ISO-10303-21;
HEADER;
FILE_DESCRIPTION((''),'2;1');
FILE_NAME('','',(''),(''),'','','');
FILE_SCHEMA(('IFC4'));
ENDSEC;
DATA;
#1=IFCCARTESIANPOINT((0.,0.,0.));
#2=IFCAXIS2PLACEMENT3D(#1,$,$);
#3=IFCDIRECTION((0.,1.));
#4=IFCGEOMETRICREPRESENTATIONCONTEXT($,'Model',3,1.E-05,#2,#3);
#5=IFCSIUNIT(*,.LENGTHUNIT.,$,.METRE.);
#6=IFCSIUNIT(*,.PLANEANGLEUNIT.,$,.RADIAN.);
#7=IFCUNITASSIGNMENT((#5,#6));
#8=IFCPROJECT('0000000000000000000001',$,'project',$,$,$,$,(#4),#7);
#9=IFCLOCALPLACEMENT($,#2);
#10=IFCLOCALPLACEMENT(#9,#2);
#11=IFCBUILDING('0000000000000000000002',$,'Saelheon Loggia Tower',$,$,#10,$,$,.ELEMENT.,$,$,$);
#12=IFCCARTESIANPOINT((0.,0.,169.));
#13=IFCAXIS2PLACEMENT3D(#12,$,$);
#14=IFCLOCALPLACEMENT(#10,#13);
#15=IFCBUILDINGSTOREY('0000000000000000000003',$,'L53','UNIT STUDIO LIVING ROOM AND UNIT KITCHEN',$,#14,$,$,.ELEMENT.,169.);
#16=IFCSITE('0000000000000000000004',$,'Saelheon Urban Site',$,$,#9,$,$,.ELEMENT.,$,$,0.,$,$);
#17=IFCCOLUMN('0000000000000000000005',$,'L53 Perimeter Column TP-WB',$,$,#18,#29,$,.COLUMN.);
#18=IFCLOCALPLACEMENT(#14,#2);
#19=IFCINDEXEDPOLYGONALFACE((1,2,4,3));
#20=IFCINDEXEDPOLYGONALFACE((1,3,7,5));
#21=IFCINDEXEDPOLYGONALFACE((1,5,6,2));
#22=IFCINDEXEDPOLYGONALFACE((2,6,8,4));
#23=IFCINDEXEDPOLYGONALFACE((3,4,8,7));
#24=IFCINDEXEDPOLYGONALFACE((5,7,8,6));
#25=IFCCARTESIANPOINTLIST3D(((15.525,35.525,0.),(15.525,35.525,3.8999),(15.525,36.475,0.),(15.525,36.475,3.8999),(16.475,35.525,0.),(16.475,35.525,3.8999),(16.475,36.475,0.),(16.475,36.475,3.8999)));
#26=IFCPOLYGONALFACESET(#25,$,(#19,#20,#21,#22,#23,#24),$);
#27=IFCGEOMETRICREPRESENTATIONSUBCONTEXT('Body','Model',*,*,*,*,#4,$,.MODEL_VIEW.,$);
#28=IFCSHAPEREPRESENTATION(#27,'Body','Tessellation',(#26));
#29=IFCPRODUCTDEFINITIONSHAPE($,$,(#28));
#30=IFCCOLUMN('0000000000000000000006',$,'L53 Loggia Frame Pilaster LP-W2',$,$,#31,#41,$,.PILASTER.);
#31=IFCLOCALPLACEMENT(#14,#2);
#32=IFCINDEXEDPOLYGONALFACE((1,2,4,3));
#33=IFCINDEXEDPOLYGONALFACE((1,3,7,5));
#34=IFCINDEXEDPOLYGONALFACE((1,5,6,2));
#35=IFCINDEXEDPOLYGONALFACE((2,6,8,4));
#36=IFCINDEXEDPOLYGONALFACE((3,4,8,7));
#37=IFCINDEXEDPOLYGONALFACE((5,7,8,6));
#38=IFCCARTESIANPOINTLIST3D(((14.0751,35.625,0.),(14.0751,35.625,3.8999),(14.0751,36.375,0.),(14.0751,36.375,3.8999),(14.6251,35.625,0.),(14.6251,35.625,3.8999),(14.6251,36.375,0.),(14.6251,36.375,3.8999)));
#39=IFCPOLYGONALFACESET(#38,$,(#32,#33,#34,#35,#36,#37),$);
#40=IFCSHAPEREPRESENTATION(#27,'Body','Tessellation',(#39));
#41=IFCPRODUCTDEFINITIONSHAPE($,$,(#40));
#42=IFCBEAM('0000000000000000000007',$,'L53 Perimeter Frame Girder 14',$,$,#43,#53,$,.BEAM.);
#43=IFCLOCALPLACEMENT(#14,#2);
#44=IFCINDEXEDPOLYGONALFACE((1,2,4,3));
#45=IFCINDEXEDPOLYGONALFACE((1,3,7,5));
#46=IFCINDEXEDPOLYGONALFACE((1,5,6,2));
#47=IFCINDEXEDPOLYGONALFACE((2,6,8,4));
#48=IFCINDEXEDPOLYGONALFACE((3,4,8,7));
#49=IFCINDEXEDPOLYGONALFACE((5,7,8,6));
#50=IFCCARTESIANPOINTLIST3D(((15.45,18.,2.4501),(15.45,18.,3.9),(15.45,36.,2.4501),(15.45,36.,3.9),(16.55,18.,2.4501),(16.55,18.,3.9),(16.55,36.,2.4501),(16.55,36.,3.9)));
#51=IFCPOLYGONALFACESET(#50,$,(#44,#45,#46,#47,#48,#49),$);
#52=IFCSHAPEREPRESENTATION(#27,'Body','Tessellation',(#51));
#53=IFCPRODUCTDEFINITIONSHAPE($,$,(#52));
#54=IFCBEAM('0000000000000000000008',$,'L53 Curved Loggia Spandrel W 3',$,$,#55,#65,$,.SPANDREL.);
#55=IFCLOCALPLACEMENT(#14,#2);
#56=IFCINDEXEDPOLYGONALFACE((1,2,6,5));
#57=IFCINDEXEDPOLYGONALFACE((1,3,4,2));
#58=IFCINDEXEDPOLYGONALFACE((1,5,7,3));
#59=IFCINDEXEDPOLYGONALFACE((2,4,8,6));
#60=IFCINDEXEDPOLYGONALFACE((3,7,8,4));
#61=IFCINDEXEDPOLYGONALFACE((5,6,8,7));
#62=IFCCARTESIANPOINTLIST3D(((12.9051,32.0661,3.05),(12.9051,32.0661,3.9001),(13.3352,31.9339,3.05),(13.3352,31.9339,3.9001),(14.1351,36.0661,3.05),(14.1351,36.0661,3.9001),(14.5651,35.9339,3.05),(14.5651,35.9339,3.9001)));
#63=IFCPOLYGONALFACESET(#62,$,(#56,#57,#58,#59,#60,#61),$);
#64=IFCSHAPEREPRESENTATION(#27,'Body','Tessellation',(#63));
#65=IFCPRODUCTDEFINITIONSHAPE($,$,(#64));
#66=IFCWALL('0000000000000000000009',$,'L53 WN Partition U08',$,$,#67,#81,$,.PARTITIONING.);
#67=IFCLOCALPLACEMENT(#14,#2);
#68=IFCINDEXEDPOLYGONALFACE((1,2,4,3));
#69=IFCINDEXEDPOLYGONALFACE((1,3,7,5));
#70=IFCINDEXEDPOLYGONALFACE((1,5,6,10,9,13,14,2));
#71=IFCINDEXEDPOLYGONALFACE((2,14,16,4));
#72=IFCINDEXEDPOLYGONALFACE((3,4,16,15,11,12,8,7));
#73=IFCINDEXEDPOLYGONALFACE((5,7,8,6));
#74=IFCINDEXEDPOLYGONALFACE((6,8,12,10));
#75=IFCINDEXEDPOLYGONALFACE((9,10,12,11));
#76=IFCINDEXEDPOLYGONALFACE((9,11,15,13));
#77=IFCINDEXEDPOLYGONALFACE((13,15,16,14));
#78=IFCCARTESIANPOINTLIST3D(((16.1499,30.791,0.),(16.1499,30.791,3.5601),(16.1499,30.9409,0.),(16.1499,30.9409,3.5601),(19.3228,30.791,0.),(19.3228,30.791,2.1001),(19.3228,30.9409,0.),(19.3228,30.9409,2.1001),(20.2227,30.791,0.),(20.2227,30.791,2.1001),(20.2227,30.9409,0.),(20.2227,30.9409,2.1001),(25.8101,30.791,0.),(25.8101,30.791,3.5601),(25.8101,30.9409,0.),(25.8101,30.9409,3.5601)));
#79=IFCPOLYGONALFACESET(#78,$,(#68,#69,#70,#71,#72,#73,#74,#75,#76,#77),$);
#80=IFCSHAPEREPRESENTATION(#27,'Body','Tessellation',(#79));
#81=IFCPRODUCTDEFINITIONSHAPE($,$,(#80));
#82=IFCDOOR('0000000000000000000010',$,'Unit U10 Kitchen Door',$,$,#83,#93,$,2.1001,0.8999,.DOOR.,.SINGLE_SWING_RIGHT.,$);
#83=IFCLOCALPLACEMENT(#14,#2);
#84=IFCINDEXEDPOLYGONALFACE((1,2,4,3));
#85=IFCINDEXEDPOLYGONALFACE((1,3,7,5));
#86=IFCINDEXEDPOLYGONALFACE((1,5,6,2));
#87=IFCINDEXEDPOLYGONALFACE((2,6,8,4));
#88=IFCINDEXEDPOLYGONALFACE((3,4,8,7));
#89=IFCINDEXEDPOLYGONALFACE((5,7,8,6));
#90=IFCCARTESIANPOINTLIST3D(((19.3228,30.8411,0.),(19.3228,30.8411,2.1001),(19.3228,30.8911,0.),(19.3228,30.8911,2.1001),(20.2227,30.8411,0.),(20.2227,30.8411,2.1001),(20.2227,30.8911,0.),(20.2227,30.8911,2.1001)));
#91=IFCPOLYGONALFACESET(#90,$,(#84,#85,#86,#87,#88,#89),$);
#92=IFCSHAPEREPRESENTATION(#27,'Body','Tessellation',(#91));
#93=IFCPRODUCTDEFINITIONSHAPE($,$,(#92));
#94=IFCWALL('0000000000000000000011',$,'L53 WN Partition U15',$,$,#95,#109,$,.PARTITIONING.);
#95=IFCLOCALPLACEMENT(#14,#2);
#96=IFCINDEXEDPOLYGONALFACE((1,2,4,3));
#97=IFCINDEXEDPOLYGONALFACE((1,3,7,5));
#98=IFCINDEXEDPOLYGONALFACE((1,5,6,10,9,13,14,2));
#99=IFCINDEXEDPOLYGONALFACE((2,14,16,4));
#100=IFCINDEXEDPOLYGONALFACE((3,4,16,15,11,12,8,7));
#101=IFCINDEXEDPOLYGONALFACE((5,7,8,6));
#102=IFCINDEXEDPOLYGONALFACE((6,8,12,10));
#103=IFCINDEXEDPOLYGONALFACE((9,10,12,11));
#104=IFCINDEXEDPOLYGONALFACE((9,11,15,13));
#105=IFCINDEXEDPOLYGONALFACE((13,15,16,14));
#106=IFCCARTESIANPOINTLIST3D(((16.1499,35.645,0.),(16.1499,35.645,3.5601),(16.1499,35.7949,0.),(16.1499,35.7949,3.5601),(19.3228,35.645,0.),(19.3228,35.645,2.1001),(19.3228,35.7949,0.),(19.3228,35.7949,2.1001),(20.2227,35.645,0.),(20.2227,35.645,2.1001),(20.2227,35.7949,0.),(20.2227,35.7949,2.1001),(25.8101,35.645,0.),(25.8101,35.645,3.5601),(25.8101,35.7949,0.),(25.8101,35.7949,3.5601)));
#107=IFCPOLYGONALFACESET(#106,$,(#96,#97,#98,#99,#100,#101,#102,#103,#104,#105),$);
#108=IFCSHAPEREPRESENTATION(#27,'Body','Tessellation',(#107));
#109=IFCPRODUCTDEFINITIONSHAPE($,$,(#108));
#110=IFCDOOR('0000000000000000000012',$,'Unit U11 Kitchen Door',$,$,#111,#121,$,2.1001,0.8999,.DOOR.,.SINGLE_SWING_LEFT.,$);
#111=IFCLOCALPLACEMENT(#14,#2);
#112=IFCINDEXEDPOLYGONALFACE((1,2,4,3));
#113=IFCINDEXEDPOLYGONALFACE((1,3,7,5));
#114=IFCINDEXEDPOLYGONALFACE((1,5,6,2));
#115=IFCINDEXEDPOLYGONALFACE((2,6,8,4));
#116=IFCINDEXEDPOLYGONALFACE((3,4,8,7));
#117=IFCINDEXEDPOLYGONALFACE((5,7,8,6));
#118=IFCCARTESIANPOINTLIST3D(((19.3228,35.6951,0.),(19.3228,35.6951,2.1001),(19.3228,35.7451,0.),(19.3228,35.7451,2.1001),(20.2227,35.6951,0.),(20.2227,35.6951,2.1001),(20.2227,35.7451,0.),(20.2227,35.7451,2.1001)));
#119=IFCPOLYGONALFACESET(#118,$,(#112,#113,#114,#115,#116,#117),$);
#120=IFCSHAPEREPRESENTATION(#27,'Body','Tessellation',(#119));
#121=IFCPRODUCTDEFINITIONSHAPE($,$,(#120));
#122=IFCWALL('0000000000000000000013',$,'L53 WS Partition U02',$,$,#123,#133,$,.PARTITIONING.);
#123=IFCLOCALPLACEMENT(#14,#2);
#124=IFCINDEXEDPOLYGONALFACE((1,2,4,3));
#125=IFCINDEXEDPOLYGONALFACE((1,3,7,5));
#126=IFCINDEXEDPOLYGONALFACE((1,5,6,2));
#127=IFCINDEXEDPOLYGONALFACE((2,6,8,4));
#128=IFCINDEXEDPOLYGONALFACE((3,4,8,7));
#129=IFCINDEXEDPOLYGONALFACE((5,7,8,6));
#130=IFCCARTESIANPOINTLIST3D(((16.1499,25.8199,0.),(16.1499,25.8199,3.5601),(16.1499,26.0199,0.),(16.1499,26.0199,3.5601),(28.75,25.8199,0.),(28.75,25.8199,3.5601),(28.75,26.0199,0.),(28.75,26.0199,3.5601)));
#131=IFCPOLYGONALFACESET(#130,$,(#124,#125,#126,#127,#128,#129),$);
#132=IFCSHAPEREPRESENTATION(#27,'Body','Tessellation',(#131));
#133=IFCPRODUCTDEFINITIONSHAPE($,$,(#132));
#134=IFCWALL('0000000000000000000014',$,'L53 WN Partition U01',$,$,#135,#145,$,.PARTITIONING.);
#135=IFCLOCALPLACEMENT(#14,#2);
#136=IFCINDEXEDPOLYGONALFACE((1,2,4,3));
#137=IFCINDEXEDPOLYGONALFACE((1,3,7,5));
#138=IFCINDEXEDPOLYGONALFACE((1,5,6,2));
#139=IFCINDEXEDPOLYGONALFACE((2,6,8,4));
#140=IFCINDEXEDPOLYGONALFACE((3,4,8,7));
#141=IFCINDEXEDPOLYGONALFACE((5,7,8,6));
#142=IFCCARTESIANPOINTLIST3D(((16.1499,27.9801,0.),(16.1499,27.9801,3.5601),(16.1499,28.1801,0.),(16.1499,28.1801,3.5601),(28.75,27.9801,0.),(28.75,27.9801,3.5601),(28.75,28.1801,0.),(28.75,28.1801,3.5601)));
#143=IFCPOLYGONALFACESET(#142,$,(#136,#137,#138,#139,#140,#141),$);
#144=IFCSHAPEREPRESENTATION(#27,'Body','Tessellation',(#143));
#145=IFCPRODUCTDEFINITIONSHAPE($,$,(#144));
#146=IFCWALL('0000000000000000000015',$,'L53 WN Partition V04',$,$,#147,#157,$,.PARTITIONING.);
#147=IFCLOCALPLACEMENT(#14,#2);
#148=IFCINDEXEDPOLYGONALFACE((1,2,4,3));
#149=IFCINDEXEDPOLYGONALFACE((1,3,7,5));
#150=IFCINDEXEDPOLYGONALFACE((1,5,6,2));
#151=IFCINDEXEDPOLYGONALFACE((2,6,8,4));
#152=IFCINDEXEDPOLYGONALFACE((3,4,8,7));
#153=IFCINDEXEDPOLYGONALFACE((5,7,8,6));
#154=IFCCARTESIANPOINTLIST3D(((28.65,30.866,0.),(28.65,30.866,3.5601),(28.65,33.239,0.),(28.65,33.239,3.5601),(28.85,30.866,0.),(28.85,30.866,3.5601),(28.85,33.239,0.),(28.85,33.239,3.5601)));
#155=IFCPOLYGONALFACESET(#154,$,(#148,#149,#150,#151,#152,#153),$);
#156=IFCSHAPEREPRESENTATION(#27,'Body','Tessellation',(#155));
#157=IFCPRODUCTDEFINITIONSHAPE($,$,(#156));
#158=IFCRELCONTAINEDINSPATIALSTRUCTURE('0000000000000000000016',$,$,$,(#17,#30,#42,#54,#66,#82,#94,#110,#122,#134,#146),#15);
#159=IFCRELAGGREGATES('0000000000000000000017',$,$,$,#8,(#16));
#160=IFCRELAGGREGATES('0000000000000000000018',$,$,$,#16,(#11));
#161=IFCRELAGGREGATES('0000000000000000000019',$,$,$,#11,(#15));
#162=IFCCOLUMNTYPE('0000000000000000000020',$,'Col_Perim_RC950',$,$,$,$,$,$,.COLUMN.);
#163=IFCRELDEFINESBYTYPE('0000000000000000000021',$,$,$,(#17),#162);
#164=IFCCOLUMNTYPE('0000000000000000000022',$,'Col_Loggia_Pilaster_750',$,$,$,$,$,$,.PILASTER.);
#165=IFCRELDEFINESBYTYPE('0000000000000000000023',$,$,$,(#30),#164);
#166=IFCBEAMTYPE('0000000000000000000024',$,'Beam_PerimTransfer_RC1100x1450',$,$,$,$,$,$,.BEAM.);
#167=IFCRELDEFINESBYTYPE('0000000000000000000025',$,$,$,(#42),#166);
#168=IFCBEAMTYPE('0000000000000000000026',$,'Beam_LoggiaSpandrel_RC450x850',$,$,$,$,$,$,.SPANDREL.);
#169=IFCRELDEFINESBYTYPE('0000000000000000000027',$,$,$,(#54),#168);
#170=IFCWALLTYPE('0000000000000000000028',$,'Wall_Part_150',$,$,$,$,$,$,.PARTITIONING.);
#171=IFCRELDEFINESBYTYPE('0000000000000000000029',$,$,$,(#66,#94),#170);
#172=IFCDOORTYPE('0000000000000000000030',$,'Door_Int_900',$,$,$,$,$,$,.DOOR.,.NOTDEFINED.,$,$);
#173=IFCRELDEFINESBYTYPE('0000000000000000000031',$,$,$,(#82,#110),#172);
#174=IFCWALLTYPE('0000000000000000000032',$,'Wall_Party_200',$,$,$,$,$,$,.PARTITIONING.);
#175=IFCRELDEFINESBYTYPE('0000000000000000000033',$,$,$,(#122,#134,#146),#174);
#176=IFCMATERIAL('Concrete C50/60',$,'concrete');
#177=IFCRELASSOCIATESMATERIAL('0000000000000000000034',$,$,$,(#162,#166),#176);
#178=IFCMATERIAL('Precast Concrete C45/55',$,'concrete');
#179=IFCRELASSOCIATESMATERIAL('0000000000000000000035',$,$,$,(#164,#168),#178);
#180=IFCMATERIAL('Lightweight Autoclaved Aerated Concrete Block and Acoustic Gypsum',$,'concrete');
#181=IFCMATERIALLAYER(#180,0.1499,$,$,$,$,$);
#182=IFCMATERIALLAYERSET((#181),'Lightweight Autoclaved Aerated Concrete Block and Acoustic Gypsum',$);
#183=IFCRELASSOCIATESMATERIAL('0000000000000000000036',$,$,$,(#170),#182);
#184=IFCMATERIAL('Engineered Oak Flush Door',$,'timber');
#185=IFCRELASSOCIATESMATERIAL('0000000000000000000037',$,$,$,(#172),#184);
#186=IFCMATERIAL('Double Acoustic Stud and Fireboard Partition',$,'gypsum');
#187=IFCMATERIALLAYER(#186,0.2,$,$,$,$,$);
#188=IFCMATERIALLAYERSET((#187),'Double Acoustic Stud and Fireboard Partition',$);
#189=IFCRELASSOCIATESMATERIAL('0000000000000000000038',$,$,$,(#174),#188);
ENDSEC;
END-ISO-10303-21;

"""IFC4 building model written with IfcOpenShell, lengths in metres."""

from ifc_helpers import new_model, si_unit, direction, frame, frame_2d, origin, origin_2d, place, context, subcontext, project, spatial, rectangle, extrude, source, transform, mapped, material, layer, layer_set, material_profile, profile_set, type_object, element, fill, save


model = new_model("IFC4")

# Units and contexts
model_context = context("Model", 3, precision=1e-05, world=origin(), true_north=direction((0.0, 1.0)))
body_context = subcontext(model_context, "Body", "Model", "MODEL_VIEW")
ifc_project = project(units=[si_unit("LENGTHUNIT", "METRE"), si_unit("PLANEANGLEUNIT", "RADIAN")], contexts=[model_context])

# Site, building, storey
site_placement = place(None, origin())
site = spatial("IfcSite", under=ifc_project, at=site_placement, Name="Saelheon Urban Site", CompositionType="ELEMENT", RefElevation=0.0)
building_placement = place(site_placement, origin())
building = spatial("IfcBuilding", under=site, at=building_placement, Name="Saelheon Loggia Tower", CompositionType="ELEMENT")
storey_placement = place(building_placement, frame((0.0, 0.0, 169.0)))
storey = spatial("IfcBuildingStorey", under=building, at=storey_placement, Name="L53", Description="UNIT STUDIO LIVING ROOM AND UNIT KITCHEN", CompositionType="ELEMENT", Elevation=169.0)

# Columns
ifc_material_1 = material(Name="Concrete C50/60", Category="concrete")
ifc_material_profile_1 = material_profile(ifc_material_1, rectangle(XDim=0.95, YDim=0.95, at=origin_2d()), Name="RC-950x950")
ifc_profile_set_1 = profile_set([ifc_material_profile_1], Name="Concrete C50/60")
column_type_1 = type_object("IfcColumnType", Name="Col_Perim_RC950", PredefinedType="COLUMN", material=ifc_profile_set_1)
shared_shape_1 = source(origin(), body_context, "Body", "SweptSolid", [
    extrude(rectangle(XDim=0.95, YDim=0.95, at=origin_2d()), origin(), (0.0, 0.0, 1.0), 3.8999),
])
column_1_placement = place(storey_placement, frame((16.0, 36.0, 0.0), z_axis=(0.0, 0.0, 1.0), x_axis=(1.0, 0.0, 0.0)))
element("IfcColumn", 1, at=column_1_placement, inside=storey, type_object=column_type_1, Name="L53 Perimeter Column TP-WB", PredefinedType="COLUMN", context=body_context, shape_type="MappedRepresentation", body=[
    mapped(shared_shape_1, transform((0.0, 0.0, 0.0), scale=1.0)),
])
ifc_material_2 = material(Name="Precast Concrete C45/55", Category="concrete")
ifc_material_profile_2 = material_profile(ifc_material_2, rectangle(XDim=0.55, YDim=0.75, at=origin_2d()), Name="RC-550x750")
ifc_profile_set_2 = profile_set([ifc_material_profile_2], Name="Precast Concrete C45/55")
column_type_2 = type_object("IfcColumnType", Name="Col_Loggia_Pilaster_750", PredefinedType="PILASTER", material=ifc_profile_set_2)
shared_shape_2 = source(origin(), body_context, "Body", "SweptSolid", [
    extrude(rectangle(XDim=0.55, YDim=0.75, at=origin_2d()), origin(), (0.0, 0.0, 1.0), 3.8999),
])
column_2_placement = place(storey_placement, frame((14.3501, 36.0, 0.0), z_axis=(0.0, 0.0, 1.0), x_axis=(1.0, 0.0, 0.0)))
element("IfcColumn", 2, at=column_2_placement, inside=storey, type_object=column_type_2, Name="L53 Loggia Frame Pilaster LP-W2", PredefinedType="PILASTER", context=body_context, shape_type="MappedRepresentation", body=[
    mapped(shared_shape_2, transform((0.0, 0.0, 0.0), scale=1.0)),
])

# Beams
ifc_material_profile_3 = material_profile(ifc_material_1, rectangle(XDim=1.1001, YDim=1.45, at=origin_2d()), Name="RC-1100x1450")
ifc_profile_set_3 = profile_set([ifc_material_profile_3], Name="Concrete C50/60")
beam_type_1 = type_object("IfcBeamType", Name="Beam_PerimTransfer_RC1100x1450", PredefinedType="BEAM", material=ifc_profile_set_3)
shared_shape_3 = source(origin(), body_context, "Body", "SweptSolid", [
    extrude(rectangle(XDim=1.1001, YDim=1.45, at=origin_2d()), origin(), (0.0, 0.0, 1.0), 18.0),
])
beam_1_placement = place(storey_placement, frame((16.0, 36.0, 3.175), z_axis=(0.0, -1.0, 0.0), x_axis=(1.0, 0.0, 0.0)))
element("IfcBeam", 3, at=beam_1_placement, inside=storey, type_object=beam_type_1, Name="L53 Perimeter Frame Girder 14", PredefinedType="BEAM", context=body_context, shape_type="MappedRepresentation", body=[
    mapped(shared_shape_3, transform((0.0, 0.0, 0.0), scale=1.0)),
])
ifc_material_profile_4 = material_profile(ifc_material_2, rectangle(XDim=0.45, YDim=0.8501, at=origin_2d()), Name="RC-450x850")
ifc_profile_set_4 = profile_set([ifc_material_profile_4], Name="Precast Concrete C45/55")
beam_type_2 = type_object("IfcBeamType", Name="Beam_LoggiaSpandrel_RC450x850", PredefinedType="SPANDREL", material=ifc_profile_set_4)
shared_shape_4 = source(origin(), body_context, "Body", "SweptSolid", [
    extrude(rectangle(XDim=0.45, YDim=0.8501, at=origin_2d()), origin(), (0.0, 0.0, 1.0), 4.1848),
])
beam_2_placement = place(storey_placement, frame((13.1201, 32.0, 3.4751), z_axis=(0.293914, 0.955832, 0.0), x_axis=(-0.955832, 0.293914, 0.0)))
element("IfcBeam", 4, at=beam_2_placement, inside=storey, type_object=beam_type_2, Name="L53 Curved Loggia Spandrel W 3", PredefinedType="SPANDREL", context=body_context, shape_type="MappedRepresentation", body=[
    mapped(shared_shape_4, transform((0.0, 0.0, 0.0), scale=1.0)),
])

# Walls, openings, doors
ifc_material_3 = material(Name="Lightweight Autoclaved Aerated Concrete Block and Acoustic Gypsum", Category="concrete")
ifc_layer_1 = layer(ifc_material_3, 0.1499)
ifc_layer_set_1 = layer_set([ifc_layer_1], Name="Lightweight Autoclaved Aerated Concrete Block and Acoustic Gypsum")
wall_type_1 = type_object("IfcWallType", Name="Wall_Part_150", PredefinedType="PARTITIONING", material=ifc_layer_set_1)
wall_1_placement = place(storey_placement, frame((25.8101, 30.866, 0.0), z_axis=(0.0, 0.0, 1.0), x_axis=(-1.0, 0.0, 0.0)))
wall_1 = element("IfcWall", 5, at=wall_1_placement, inside=storey, type_object=wall_type_1, Name="L53 WN Partition U08", PredefinedType="PARTITIONING", context=body_context, shape_type="SweptSolid", body=[
    extrude(rectangle(XDim=9.6602, YDim=0.1499, at=frame_2d((4.8301, 0.0))), origin(), (0.0, 0.0, 1.0), 3.5601),
])
opening_1_placement = place(wall_1_placement, frame((5.5874, 0.0, 0.0)))
opening_1 = element("IfcOpeningElement", 6, at=opening_1_placement, cuts=wall_1, PredefinedType="OPENING", context=body_context, shape_type="SweptSolid", body=[
    extrude(rectangle(XDim=0.8999, YDim=2.1001, at=frame_2d((0.45, 1.05))), frame((0.0, 0.0869, 0.0), z_axis=(0.0, -1.0, 0.0), x_axis=(1.0, 0.0, 0.0)), (0.0, 0.0, 1.0), 0.1738),
])
ifc_material_4 = material(Name="Engineered Oak Flush Door", Category="timber")
door_type_1 = type_object("IfcDoorType", Name="Door_Int_900", OperationType="NOTDEFINED", PredefinedType="DOOR", material=ifc_material_4)
shared_shape_5 = source(origin(), body_context, "Body", "SweptSolid", [
    extrude(rectangle(XDim=0.8999, YDim=2.1001, at=frame_2d((0.45, 1.05))), frame((0.0, 0.0249, 0.0), z_axis=(0.0, -1.0, 0.0), x_axis=(1.0, 0.0, 0.0)), (0.0, 0.0, 1.0), 0.05),
])
door_1_placement = place(opening_1_placement, origin())
door_1 = element("IfcDoor", 7, at=door_1_placement, inside=storey, type_object=door_type_1, Name="Unit U10 Kitchen Door", OperationType="SINGLE_SWING_RIGHT", OverallHeight=2.1001, OverallWidth=0.8999, PredefinedType="DOOR", context=body_context, shape_type="MappedRepresentation", body=[
    mapped(shared_shape_5, transform((0.0, 0.0, 0.0), scale=1.0)),
])
fill(opening_1, door_1)
wall_2_placement = place(storey_placement, frame((25.8101, 35.72, 0.0), z_axis=(0.0, 0.0, 1.0), x_axis=(-1.0, 0.0, 0.0)))
wall_2 = element("IfcWall", 8, at=wall_2_placement, inside=storey, type_object=wall_type_1, Name="L53 WN Partition U15", PredefinedType="PARTITIONING", context=body_context, shape_type="SweptSolid", body=[
    extrude(rectangle(XDim=9.6602, YDim=0.1499, at=frame_2d((4.8301, 0.0))), origin(), (0.0, 0.0, 1.0), 3.5601),
])
opening_2_placement = place(wall_2_placement, frame((5.5874, 0.0, 0.0)))
opening_2 = element("IfcOpeningElement", 9, at=opening_2_placement, cuts=wall_2, PredefinedType="OPENING", context=body_context, shape_type="SweptSolid", body=[
    extrude(rectangle(XDim=0.8999, YDim=2.1001, at=frame_2d((0.45, 1.05))), frame((0.0, 0.0869, 0.0), z_axis=(0.0, -1.0, 0.0), x_axis=(1.0, 0.0, 0.0)), (0.0, 0.0, 1.0), 0.1738),
])
door_2_placement = place(opening_2_placement, origin())
door_2 = element("IfcDoor", 10, at=door_2_placement, inside=storey, type_object=door_type_1, Name="Unit U11 Kitchen Door", OperationType="SINGLE_SWING_LEFT", OverallHeight=2.1001, OverallWidth=0.8999, PredefinedType="DOOR", context=body_context, shape_type="MappedRepresentation", body=[
    mapped(shared_shape_5, transform((0.0, 0.0, 0.0), scale=1.0)),
])
fill(opening_2, door_2)

# Wall
ifc_material_5 = material(Name="Double Acoustic Stud and Fireboard Partition", Category="gypsum")
ifc_layer_2 = layer(ifc_material_5, 0.2)
ifc_layer_set_2 = layer_set([ifc_layer_2], Name="Double Acoustic Stud and Fireboard Partition")
wall_type_2 = type_object("IfcWallType", Name="Wall_Party_200", PredefinedType="PARTITIONING", material=ifc_layer_set_2)
wall_3_placement = place(storey_placement, frame((28.75, 25.9199, 0.0), z_axis=(0.0, 0.0, 1.0), x_axis=(-1.0, 0.0, 0.0)))
element("IfcWall", 11, at=wall_3_placement, inside=storey, type_object=wall_type_2, Name="L53 WS Partition U02", PredefinedType="PARTITIONING", context=body_context, shape_type="SweptSolid", body=[
    extrude(rectangle(XDim=12.6001, YDim=0.2, at=frame_2d((6.3, 0.0))), origin(), (0.0, 0.0, 1.0), 3.5601),
])

# Wall
wall_4_placement = place(storey_placement, frame((28.75, 28.0801, 0.0), z_axis=(0.0, 0.0, 1.0), x_axis=(-1.0, 0.0, 0.0)))
element("IfcWall", 12, at=wall_4_placement, inside=storey, type_object=wall_type_2, Name="L53 WN Partition U01", PredefinedType="PARTITIONING", context=body_context, shape_type="SweptSolid", body=[
    extrude(rectangle(XDim=12.6001, YDim=0.2, at=frame_2d((6.3, 0.0))), origin(), (0.0, 0.0, 1.0), 3.5601),
])

# Wall
wall_5_placement = place(storey_placement, frame((28.75, 30.866, 0.0), z_axis=(0.0, 0.0, 1.0), x_axis=(0.0, 1.0, 0.0)))
element("IfcWall", 13, at=wall_5_placement, inside=storey, type_object=wall_type_2, Name="L53 WN Partition V04", PredefinedType="PARTITIONING", context=body_context, shape_type="SweptSolid", body=[
    extrude(rectangle(XDim=2.373, YDim=0.2, at=frame_2d((1.1865, 0.0))), origin(), (0.0, 0.0, 1.0), 3.5601),
])

save(model, "model.ifc")
